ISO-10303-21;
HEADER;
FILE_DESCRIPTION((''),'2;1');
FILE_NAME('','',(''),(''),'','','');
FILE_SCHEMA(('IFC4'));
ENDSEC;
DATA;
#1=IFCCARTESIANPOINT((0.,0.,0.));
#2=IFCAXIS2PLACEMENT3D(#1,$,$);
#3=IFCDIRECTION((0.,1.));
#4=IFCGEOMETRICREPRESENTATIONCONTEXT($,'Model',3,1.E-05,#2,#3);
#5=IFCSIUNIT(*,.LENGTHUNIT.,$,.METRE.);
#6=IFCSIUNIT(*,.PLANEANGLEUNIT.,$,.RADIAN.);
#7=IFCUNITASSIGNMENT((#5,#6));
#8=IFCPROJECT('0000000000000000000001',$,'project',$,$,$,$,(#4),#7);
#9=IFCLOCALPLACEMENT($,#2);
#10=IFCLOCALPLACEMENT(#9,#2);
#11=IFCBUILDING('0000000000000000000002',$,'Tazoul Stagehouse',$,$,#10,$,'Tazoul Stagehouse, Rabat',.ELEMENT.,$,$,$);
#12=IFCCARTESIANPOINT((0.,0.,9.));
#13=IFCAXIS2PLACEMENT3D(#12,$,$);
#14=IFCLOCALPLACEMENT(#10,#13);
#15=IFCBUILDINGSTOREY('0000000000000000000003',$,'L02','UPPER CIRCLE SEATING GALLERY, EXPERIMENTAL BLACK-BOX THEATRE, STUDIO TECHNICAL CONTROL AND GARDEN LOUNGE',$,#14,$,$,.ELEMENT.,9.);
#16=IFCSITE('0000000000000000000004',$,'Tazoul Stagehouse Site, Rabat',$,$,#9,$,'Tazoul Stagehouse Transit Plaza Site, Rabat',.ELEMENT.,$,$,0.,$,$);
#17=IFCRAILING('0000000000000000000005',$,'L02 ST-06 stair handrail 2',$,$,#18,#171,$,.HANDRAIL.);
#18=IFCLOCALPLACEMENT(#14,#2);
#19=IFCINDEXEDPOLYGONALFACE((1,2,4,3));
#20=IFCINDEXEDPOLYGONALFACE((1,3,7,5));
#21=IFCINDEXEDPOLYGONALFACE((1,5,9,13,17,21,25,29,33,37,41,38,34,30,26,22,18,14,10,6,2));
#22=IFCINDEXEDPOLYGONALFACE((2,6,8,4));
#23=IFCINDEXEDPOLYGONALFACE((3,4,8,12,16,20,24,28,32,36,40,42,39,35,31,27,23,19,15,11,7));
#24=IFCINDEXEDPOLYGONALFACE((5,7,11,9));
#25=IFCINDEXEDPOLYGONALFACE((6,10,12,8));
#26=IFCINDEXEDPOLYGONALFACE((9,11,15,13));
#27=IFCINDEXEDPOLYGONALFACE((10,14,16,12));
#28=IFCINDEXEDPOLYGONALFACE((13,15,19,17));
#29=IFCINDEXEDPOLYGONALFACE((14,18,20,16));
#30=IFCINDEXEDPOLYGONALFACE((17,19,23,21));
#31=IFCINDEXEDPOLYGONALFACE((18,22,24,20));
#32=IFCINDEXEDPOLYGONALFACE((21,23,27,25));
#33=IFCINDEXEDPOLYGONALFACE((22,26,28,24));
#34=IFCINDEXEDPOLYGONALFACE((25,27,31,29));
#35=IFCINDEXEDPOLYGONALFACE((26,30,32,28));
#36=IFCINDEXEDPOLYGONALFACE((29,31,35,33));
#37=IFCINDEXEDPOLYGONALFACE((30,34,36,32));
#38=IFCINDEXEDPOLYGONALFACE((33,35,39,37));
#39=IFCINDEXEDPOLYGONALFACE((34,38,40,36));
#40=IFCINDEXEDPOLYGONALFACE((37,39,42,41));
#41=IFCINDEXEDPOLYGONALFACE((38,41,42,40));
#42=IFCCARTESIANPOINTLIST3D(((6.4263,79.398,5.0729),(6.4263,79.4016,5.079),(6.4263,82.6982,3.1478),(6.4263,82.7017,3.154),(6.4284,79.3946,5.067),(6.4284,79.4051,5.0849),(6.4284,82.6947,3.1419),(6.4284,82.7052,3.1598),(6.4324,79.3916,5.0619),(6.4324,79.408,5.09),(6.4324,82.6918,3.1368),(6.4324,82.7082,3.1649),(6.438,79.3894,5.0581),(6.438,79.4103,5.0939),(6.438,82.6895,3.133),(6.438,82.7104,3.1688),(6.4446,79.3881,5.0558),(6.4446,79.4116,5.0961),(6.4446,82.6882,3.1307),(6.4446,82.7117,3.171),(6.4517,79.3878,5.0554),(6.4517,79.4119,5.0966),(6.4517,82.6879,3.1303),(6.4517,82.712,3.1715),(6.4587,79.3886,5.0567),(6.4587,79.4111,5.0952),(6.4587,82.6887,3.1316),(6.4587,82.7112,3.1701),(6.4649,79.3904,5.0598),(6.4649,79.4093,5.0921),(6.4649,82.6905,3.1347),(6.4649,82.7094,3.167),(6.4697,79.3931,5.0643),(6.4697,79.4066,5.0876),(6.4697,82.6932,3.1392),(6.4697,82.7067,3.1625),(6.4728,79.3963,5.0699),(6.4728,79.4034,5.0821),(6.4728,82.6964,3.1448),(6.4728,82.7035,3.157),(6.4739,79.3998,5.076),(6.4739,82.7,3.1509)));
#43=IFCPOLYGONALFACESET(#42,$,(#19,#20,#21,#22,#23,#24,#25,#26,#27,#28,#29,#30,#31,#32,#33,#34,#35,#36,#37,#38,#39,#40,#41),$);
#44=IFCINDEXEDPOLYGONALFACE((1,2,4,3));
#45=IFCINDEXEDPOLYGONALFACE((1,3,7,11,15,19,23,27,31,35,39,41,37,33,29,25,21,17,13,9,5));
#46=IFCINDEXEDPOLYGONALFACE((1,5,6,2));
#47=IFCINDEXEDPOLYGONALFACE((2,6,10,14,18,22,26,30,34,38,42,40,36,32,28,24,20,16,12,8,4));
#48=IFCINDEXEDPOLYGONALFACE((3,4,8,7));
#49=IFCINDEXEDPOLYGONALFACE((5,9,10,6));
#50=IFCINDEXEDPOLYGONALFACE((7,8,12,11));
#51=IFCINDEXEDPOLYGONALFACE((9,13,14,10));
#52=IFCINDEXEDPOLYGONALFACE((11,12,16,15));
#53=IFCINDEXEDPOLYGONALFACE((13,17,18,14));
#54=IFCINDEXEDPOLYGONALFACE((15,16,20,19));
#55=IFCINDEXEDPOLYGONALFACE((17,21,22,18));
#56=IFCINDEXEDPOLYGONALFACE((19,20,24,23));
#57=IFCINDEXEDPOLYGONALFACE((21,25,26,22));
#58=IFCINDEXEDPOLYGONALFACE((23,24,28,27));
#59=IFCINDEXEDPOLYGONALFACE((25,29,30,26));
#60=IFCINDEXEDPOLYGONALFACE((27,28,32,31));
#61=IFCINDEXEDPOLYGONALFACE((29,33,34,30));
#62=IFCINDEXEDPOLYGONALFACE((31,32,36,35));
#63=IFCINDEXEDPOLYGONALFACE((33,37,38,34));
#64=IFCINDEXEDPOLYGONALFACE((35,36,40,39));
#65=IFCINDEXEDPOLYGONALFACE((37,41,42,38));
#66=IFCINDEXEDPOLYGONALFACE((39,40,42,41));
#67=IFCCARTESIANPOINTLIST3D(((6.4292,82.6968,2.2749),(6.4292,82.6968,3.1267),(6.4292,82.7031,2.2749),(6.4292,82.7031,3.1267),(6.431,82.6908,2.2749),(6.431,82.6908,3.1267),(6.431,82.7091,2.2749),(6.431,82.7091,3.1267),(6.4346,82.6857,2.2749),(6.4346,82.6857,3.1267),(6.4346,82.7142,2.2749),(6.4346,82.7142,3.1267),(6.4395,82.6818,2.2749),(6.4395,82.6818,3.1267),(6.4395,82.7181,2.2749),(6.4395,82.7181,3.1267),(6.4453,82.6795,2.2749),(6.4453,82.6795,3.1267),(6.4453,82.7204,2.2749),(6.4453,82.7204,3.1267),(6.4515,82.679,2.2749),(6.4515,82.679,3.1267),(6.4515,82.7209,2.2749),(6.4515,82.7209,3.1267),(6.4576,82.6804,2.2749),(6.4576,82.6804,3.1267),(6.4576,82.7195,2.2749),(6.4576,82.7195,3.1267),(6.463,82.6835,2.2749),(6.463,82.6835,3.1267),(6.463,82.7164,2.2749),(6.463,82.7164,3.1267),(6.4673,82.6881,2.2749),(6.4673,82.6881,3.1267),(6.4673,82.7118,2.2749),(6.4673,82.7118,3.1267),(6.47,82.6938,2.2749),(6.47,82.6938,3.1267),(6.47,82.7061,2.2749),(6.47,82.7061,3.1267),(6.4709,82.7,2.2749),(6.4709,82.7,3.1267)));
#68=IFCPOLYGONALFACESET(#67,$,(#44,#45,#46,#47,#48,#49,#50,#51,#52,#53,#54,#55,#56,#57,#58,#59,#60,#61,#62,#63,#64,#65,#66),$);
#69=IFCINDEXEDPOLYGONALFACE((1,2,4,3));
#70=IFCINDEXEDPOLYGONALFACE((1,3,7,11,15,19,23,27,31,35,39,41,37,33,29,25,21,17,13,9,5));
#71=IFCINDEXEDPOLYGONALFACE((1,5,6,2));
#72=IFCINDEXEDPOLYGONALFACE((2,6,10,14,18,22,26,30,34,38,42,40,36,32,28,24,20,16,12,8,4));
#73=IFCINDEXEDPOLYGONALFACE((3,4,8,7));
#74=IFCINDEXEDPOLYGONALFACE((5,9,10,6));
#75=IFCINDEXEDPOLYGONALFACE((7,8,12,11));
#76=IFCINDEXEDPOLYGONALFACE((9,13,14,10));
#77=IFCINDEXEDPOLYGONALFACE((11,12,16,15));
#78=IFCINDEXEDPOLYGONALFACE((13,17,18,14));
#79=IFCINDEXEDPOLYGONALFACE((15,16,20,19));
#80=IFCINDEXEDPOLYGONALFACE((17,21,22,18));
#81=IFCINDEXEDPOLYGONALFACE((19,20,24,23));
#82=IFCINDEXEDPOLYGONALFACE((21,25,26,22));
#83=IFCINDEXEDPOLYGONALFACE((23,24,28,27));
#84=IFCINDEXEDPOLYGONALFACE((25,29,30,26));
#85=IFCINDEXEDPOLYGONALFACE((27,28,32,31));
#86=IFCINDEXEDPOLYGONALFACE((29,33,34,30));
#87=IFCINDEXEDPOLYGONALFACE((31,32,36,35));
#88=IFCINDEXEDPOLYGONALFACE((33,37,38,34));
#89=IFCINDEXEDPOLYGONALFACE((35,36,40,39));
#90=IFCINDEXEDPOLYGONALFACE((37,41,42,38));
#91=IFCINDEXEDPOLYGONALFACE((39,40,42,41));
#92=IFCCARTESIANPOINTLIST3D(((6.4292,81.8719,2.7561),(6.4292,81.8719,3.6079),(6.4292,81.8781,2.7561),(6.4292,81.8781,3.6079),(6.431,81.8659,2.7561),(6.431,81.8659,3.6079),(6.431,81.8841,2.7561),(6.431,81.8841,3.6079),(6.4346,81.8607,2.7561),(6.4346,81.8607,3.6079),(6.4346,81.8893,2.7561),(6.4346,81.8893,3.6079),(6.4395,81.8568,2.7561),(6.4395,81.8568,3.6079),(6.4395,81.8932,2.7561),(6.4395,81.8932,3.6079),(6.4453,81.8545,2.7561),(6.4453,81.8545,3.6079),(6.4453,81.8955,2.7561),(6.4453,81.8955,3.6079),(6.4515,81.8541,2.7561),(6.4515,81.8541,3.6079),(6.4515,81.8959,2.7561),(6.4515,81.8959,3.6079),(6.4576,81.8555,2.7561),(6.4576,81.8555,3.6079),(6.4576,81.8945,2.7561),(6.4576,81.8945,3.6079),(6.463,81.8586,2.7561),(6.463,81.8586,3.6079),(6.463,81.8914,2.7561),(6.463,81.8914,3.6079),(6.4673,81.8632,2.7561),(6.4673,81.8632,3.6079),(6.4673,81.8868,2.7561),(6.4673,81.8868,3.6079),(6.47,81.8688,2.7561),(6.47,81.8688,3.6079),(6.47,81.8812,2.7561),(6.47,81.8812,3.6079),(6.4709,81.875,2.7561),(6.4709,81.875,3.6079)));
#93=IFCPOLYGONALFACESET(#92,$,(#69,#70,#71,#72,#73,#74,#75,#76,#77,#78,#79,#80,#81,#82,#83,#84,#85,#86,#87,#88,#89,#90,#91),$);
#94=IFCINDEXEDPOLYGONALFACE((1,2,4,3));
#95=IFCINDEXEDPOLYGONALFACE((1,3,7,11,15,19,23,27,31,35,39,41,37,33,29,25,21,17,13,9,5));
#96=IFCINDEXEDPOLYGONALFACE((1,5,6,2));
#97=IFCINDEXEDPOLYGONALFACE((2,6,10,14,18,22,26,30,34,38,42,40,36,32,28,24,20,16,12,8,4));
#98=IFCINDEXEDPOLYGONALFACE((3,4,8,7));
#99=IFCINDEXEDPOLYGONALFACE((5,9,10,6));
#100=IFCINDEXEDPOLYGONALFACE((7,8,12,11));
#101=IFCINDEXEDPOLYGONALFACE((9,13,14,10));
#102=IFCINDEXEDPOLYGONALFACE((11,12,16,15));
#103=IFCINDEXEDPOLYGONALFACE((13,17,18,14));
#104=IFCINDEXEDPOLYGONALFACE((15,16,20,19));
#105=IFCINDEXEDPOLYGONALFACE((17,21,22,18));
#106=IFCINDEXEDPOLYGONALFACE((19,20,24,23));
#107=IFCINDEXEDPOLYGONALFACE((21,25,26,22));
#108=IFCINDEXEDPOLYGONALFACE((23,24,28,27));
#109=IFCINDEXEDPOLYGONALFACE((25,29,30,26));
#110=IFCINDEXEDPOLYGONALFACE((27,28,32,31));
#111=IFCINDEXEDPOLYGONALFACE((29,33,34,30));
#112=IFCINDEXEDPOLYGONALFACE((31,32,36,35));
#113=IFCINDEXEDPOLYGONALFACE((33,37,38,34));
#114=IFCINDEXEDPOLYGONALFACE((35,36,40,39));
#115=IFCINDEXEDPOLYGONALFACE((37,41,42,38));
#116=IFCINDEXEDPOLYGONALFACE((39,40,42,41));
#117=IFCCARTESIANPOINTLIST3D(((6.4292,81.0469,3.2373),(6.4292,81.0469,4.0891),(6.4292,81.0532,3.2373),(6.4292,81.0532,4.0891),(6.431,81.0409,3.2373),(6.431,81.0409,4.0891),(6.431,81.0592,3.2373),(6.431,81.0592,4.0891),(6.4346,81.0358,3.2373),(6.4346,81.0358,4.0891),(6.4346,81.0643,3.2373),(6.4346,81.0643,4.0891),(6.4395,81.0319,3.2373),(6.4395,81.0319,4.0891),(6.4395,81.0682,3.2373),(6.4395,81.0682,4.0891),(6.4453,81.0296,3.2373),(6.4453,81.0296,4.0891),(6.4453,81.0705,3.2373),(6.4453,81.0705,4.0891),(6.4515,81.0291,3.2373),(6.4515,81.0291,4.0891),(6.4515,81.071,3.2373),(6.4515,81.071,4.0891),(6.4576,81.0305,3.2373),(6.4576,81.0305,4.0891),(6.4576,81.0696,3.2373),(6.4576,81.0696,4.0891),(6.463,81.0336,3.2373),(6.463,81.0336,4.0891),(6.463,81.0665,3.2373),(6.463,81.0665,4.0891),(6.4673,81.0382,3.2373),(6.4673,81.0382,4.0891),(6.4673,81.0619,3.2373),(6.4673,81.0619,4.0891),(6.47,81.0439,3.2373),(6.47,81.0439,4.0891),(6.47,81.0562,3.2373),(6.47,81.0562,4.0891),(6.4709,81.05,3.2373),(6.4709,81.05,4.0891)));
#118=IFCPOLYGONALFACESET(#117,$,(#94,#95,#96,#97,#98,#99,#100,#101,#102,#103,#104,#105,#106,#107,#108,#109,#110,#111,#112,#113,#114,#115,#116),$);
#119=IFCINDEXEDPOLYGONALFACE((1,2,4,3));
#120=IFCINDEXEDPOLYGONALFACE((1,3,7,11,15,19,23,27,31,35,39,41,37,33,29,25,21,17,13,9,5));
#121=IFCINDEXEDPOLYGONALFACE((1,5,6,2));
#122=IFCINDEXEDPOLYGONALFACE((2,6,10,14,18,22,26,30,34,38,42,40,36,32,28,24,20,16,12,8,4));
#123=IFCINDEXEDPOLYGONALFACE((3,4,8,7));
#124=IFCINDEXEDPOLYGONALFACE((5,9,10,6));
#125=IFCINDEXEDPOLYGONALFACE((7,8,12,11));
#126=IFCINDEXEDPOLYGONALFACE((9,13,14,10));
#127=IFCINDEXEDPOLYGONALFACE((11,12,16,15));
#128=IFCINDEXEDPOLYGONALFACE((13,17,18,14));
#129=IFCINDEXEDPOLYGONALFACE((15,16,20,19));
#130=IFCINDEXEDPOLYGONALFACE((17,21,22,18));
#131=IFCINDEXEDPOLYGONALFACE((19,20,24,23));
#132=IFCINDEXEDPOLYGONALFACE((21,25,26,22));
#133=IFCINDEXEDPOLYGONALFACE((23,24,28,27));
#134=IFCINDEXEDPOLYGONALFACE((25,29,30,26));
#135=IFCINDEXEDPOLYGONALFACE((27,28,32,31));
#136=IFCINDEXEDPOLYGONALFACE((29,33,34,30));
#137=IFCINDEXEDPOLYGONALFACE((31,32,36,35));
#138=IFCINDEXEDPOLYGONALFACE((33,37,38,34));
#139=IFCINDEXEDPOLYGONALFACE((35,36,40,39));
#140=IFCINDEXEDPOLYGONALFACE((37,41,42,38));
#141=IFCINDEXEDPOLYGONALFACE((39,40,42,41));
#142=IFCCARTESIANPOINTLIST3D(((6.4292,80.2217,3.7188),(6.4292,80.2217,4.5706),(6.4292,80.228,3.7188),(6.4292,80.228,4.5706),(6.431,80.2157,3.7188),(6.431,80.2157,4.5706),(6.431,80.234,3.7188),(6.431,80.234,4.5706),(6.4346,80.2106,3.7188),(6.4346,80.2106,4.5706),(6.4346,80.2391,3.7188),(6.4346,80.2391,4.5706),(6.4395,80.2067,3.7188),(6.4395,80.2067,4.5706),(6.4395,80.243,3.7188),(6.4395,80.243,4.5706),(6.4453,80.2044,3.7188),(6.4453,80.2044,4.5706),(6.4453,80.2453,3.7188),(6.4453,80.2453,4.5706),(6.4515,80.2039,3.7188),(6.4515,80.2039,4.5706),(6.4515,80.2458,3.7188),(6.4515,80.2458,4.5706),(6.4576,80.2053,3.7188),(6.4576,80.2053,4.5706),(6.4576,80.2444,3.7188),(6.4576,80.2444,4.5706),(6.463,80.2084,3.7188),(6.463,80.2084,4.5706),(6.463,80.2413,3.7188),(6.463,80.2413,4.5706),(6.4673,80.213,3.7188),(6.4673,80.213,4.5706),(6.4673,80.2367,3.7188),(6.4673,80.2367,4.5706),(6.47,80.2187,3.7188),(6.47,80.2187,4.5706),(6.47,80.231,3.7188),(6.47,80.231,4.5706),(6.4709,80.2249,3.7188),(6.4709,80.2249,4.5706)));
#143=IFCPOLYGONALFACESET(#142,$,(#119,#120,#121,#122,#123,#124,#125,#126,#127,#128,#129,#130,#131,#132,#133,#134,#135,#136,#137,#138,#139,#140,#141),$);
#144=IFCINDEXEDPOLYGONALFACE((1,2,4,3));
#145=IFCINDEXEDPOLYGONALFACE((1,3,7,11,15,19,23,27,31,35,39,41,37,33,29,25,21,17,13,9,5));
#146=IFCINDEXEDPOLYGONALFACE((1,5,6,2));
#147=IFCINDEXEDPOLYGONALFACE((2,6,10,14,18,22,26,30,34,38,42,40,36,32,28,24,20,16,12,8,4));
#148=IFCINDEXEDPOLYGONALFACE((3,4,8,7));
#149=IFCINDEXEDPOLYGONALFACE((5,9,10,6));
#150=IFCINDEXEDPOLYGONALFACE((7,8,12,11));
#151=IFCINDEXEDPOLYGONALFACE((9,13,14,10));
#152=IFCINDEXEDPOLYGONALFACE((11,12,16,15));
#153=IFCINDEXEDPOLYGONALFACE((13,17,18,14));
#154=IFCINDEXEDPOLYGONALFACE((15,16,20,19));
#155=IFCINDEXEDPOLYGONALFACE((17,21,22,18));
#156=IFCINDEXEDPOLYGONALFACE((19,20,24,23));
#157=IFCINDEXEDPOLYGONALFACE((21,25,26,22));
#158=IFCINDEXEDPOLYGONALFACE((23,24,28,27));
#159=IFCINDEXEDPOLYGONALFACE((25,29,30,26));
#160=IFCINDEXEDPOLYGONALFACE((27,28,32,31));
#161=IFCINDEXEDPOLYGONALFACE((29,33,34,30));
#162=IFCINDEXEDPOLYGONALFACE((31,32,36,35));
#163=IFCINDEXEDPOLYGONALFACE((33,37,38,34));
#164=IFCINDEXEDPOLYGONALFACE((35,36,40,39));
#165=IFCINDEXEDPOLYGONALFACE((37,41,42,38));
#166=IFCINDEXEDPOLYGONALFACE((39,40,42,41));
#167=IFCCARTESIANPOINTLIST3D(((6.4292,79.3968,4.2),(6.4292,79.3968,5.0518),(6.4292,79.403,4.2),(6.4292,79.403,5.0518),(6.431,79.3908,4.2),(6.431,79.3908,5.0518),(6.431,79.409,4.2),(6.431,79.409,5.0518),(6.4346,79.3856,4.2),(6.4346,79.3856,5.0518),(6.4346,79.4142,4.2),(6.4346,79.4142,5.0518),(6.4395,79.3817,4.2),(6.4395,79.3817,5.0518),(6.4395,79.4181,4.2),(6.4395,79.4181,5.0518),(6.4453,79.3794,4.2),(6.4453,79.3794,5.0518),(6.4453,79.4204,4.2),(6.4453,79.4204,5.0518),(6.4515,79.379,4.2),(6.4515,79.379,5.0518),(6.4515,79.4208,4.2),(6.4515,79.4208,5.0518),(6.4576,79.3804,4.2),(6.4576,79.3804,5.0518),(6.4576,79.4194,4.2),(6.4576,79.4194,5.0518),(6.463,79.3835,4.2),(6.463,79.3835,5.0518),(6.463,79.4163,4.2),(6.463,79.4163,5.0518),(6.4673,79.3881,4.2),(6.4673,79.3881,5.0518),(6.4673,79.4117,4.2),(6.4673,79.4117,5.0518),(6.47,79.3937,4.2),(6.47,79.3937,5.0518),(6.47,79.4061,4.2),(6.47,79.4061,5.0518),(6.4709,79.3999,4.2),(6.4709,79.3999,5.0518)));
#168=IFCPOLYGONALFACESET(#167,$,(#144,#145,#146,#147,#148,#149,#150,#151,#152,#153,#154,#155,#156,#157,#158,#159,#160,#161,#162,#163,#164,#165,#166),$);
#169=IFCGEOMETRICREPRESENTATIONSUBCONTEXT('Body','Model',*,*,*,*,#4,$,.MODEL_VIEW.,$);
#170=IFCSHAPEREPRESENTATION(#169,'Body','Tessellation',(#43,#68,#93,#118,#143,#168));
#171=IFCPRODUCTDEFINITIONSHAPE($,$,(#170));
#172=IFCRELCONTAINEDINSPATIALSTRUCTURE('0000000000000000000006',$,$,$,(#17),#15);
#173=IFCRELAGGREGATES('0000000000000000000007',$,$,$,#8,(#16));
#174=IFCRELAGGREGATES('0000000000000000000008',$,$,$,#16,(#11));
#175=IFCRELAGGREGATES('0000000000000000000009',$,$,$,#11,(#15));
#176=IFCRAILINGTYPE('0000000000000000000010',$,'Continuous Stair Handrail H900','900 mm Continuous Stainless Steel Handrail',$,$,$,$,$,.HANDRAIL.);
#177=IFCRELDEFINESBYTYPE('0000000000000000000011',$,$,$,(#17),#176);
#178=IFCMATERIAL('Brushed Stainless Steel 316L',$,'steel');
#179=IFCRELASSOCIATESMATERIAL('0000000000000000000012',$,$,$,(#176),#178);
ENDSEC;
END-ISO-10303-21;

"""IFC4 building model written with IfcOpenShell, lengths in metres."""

from ifc_helpers import new_model, si_unit, direction, frame, origin, origin_2d, place, context, subcontext, project, spatial, circle, extrude, material, material_profile, profile_set, type_object, element, save


model = new_model("IFC4")

# Units and contexts
model_context = context("Model", 3, precision=1e-05, world=origin(), true_north=direction((0.0, 1.0)))
body_context = subcontext(model_context, "Body", "Model", "MODEL_VIEW")
ifc_project = project(units=[si_unit("LENGTHUNIT", "METRE"), si_unit("PLANEANGLEUNIT", "RADIAN")], contexts=[model_context])

# Site, building, storey
site_placement = place(None, origin())
site = spatial("IfcSite", under=ifc_project, at=site_placement, Name="Tazoul Stagehouse Site, Rabat", LongName="Tazoul Stagehouse Transit Plaza Site, Rabat", CompositionType="ELEMENT", RefElevation=0.0)
building_placement = place(site_placement, origin())
building = spatial("IfcBuilding", under=site, at=building_placement, Name="Tazoul Stagehouse", LongName="Tazoul Stagehouse, Rabat", CompositionType="ELEMENT")
storey_placement = place(building_placement, frame((0.0, 0.0, 9.0)))
storey = spatial("IfcBuildingStorey", under=building, at=storey_placement, Name="L02", Description="UPPER CIRCLE SEATING GALLERY, EXPERIMENTAL BLACK-BOX THEATRE, STUDIO TECHNICAL CONTROL AND GARDEN LOUNGE", CompositionType="ELEMENT", Elevation=9.0)

# Railing
ifc_material_1 = material(Name="Brushed Stainless Steel 316L", Category="steel")
ifc_material_profile_1 = material_profile(ifc_material_1, circle(Radius=0.021, at=origin_2d()), Name="SS HANDRAIL D42")
ifc_profile_set_1 = profile_set([ifc_material_profile_1], Name="Brushed Stainless Steel 316L")
railing_type_1 = type_object("IfcRailingType", Name="Continuous Stair Handrail H900", Description="900 mm Continuous Stainless Steel Handrail", PredefinedType="HANDRAIL", material=ifc_profile_set_1)
railing_1_placement = place(storey_placement, frame((6.45, 82.7, 2.2749)))
element("IfcRailing", 1, at=railing_1_placement, inside=storey, type_object=railing_type_1, Name="L02 ST-06 stair handrail 2", PredefinedType="HANDRAIL", context=body_context, shape_type="SweptSolid", body=[
    extrude(circle(Radius=0.0239, at=origin_2d()), frame((0.0, 0.0, 0.876), z_axis=(0.0, -0.863777, 0.503875), x_axis=(1.0, 0.0, 0.0)), (0.0, 0.0, 1.0), 3.8206),
    extrude(circle(Radius=0.021, at=origin_2d()), origin(), (0.0, 0.0, 1.0), 0.8518),
    extrude(circle(Radius=0.021, at=origin_2d()), frame((0.0, -0.825, 0.4812)), (0.0, 0.0, 1.0), 0.8518),
    extrude(circle(Radius=0.021, at=origin_2d()), frame((0.0, -1.6499, 0.9624)), (0.0, 0.0, 1.0), 0.8518),
    extrude(circle(Radius=0.021, at=origin_2d()), frame((0.0, -2.4751, 1.4438)), (0.0, 0.0, 1.0), 0.8518),
    extrude(circle(Radius=0.021, at=origin_2d()), frame((0.0, -3.3, 1.925)), (0.0, 0.0, 1.0), 0.8518),
])

save(model, "model.ifc")
